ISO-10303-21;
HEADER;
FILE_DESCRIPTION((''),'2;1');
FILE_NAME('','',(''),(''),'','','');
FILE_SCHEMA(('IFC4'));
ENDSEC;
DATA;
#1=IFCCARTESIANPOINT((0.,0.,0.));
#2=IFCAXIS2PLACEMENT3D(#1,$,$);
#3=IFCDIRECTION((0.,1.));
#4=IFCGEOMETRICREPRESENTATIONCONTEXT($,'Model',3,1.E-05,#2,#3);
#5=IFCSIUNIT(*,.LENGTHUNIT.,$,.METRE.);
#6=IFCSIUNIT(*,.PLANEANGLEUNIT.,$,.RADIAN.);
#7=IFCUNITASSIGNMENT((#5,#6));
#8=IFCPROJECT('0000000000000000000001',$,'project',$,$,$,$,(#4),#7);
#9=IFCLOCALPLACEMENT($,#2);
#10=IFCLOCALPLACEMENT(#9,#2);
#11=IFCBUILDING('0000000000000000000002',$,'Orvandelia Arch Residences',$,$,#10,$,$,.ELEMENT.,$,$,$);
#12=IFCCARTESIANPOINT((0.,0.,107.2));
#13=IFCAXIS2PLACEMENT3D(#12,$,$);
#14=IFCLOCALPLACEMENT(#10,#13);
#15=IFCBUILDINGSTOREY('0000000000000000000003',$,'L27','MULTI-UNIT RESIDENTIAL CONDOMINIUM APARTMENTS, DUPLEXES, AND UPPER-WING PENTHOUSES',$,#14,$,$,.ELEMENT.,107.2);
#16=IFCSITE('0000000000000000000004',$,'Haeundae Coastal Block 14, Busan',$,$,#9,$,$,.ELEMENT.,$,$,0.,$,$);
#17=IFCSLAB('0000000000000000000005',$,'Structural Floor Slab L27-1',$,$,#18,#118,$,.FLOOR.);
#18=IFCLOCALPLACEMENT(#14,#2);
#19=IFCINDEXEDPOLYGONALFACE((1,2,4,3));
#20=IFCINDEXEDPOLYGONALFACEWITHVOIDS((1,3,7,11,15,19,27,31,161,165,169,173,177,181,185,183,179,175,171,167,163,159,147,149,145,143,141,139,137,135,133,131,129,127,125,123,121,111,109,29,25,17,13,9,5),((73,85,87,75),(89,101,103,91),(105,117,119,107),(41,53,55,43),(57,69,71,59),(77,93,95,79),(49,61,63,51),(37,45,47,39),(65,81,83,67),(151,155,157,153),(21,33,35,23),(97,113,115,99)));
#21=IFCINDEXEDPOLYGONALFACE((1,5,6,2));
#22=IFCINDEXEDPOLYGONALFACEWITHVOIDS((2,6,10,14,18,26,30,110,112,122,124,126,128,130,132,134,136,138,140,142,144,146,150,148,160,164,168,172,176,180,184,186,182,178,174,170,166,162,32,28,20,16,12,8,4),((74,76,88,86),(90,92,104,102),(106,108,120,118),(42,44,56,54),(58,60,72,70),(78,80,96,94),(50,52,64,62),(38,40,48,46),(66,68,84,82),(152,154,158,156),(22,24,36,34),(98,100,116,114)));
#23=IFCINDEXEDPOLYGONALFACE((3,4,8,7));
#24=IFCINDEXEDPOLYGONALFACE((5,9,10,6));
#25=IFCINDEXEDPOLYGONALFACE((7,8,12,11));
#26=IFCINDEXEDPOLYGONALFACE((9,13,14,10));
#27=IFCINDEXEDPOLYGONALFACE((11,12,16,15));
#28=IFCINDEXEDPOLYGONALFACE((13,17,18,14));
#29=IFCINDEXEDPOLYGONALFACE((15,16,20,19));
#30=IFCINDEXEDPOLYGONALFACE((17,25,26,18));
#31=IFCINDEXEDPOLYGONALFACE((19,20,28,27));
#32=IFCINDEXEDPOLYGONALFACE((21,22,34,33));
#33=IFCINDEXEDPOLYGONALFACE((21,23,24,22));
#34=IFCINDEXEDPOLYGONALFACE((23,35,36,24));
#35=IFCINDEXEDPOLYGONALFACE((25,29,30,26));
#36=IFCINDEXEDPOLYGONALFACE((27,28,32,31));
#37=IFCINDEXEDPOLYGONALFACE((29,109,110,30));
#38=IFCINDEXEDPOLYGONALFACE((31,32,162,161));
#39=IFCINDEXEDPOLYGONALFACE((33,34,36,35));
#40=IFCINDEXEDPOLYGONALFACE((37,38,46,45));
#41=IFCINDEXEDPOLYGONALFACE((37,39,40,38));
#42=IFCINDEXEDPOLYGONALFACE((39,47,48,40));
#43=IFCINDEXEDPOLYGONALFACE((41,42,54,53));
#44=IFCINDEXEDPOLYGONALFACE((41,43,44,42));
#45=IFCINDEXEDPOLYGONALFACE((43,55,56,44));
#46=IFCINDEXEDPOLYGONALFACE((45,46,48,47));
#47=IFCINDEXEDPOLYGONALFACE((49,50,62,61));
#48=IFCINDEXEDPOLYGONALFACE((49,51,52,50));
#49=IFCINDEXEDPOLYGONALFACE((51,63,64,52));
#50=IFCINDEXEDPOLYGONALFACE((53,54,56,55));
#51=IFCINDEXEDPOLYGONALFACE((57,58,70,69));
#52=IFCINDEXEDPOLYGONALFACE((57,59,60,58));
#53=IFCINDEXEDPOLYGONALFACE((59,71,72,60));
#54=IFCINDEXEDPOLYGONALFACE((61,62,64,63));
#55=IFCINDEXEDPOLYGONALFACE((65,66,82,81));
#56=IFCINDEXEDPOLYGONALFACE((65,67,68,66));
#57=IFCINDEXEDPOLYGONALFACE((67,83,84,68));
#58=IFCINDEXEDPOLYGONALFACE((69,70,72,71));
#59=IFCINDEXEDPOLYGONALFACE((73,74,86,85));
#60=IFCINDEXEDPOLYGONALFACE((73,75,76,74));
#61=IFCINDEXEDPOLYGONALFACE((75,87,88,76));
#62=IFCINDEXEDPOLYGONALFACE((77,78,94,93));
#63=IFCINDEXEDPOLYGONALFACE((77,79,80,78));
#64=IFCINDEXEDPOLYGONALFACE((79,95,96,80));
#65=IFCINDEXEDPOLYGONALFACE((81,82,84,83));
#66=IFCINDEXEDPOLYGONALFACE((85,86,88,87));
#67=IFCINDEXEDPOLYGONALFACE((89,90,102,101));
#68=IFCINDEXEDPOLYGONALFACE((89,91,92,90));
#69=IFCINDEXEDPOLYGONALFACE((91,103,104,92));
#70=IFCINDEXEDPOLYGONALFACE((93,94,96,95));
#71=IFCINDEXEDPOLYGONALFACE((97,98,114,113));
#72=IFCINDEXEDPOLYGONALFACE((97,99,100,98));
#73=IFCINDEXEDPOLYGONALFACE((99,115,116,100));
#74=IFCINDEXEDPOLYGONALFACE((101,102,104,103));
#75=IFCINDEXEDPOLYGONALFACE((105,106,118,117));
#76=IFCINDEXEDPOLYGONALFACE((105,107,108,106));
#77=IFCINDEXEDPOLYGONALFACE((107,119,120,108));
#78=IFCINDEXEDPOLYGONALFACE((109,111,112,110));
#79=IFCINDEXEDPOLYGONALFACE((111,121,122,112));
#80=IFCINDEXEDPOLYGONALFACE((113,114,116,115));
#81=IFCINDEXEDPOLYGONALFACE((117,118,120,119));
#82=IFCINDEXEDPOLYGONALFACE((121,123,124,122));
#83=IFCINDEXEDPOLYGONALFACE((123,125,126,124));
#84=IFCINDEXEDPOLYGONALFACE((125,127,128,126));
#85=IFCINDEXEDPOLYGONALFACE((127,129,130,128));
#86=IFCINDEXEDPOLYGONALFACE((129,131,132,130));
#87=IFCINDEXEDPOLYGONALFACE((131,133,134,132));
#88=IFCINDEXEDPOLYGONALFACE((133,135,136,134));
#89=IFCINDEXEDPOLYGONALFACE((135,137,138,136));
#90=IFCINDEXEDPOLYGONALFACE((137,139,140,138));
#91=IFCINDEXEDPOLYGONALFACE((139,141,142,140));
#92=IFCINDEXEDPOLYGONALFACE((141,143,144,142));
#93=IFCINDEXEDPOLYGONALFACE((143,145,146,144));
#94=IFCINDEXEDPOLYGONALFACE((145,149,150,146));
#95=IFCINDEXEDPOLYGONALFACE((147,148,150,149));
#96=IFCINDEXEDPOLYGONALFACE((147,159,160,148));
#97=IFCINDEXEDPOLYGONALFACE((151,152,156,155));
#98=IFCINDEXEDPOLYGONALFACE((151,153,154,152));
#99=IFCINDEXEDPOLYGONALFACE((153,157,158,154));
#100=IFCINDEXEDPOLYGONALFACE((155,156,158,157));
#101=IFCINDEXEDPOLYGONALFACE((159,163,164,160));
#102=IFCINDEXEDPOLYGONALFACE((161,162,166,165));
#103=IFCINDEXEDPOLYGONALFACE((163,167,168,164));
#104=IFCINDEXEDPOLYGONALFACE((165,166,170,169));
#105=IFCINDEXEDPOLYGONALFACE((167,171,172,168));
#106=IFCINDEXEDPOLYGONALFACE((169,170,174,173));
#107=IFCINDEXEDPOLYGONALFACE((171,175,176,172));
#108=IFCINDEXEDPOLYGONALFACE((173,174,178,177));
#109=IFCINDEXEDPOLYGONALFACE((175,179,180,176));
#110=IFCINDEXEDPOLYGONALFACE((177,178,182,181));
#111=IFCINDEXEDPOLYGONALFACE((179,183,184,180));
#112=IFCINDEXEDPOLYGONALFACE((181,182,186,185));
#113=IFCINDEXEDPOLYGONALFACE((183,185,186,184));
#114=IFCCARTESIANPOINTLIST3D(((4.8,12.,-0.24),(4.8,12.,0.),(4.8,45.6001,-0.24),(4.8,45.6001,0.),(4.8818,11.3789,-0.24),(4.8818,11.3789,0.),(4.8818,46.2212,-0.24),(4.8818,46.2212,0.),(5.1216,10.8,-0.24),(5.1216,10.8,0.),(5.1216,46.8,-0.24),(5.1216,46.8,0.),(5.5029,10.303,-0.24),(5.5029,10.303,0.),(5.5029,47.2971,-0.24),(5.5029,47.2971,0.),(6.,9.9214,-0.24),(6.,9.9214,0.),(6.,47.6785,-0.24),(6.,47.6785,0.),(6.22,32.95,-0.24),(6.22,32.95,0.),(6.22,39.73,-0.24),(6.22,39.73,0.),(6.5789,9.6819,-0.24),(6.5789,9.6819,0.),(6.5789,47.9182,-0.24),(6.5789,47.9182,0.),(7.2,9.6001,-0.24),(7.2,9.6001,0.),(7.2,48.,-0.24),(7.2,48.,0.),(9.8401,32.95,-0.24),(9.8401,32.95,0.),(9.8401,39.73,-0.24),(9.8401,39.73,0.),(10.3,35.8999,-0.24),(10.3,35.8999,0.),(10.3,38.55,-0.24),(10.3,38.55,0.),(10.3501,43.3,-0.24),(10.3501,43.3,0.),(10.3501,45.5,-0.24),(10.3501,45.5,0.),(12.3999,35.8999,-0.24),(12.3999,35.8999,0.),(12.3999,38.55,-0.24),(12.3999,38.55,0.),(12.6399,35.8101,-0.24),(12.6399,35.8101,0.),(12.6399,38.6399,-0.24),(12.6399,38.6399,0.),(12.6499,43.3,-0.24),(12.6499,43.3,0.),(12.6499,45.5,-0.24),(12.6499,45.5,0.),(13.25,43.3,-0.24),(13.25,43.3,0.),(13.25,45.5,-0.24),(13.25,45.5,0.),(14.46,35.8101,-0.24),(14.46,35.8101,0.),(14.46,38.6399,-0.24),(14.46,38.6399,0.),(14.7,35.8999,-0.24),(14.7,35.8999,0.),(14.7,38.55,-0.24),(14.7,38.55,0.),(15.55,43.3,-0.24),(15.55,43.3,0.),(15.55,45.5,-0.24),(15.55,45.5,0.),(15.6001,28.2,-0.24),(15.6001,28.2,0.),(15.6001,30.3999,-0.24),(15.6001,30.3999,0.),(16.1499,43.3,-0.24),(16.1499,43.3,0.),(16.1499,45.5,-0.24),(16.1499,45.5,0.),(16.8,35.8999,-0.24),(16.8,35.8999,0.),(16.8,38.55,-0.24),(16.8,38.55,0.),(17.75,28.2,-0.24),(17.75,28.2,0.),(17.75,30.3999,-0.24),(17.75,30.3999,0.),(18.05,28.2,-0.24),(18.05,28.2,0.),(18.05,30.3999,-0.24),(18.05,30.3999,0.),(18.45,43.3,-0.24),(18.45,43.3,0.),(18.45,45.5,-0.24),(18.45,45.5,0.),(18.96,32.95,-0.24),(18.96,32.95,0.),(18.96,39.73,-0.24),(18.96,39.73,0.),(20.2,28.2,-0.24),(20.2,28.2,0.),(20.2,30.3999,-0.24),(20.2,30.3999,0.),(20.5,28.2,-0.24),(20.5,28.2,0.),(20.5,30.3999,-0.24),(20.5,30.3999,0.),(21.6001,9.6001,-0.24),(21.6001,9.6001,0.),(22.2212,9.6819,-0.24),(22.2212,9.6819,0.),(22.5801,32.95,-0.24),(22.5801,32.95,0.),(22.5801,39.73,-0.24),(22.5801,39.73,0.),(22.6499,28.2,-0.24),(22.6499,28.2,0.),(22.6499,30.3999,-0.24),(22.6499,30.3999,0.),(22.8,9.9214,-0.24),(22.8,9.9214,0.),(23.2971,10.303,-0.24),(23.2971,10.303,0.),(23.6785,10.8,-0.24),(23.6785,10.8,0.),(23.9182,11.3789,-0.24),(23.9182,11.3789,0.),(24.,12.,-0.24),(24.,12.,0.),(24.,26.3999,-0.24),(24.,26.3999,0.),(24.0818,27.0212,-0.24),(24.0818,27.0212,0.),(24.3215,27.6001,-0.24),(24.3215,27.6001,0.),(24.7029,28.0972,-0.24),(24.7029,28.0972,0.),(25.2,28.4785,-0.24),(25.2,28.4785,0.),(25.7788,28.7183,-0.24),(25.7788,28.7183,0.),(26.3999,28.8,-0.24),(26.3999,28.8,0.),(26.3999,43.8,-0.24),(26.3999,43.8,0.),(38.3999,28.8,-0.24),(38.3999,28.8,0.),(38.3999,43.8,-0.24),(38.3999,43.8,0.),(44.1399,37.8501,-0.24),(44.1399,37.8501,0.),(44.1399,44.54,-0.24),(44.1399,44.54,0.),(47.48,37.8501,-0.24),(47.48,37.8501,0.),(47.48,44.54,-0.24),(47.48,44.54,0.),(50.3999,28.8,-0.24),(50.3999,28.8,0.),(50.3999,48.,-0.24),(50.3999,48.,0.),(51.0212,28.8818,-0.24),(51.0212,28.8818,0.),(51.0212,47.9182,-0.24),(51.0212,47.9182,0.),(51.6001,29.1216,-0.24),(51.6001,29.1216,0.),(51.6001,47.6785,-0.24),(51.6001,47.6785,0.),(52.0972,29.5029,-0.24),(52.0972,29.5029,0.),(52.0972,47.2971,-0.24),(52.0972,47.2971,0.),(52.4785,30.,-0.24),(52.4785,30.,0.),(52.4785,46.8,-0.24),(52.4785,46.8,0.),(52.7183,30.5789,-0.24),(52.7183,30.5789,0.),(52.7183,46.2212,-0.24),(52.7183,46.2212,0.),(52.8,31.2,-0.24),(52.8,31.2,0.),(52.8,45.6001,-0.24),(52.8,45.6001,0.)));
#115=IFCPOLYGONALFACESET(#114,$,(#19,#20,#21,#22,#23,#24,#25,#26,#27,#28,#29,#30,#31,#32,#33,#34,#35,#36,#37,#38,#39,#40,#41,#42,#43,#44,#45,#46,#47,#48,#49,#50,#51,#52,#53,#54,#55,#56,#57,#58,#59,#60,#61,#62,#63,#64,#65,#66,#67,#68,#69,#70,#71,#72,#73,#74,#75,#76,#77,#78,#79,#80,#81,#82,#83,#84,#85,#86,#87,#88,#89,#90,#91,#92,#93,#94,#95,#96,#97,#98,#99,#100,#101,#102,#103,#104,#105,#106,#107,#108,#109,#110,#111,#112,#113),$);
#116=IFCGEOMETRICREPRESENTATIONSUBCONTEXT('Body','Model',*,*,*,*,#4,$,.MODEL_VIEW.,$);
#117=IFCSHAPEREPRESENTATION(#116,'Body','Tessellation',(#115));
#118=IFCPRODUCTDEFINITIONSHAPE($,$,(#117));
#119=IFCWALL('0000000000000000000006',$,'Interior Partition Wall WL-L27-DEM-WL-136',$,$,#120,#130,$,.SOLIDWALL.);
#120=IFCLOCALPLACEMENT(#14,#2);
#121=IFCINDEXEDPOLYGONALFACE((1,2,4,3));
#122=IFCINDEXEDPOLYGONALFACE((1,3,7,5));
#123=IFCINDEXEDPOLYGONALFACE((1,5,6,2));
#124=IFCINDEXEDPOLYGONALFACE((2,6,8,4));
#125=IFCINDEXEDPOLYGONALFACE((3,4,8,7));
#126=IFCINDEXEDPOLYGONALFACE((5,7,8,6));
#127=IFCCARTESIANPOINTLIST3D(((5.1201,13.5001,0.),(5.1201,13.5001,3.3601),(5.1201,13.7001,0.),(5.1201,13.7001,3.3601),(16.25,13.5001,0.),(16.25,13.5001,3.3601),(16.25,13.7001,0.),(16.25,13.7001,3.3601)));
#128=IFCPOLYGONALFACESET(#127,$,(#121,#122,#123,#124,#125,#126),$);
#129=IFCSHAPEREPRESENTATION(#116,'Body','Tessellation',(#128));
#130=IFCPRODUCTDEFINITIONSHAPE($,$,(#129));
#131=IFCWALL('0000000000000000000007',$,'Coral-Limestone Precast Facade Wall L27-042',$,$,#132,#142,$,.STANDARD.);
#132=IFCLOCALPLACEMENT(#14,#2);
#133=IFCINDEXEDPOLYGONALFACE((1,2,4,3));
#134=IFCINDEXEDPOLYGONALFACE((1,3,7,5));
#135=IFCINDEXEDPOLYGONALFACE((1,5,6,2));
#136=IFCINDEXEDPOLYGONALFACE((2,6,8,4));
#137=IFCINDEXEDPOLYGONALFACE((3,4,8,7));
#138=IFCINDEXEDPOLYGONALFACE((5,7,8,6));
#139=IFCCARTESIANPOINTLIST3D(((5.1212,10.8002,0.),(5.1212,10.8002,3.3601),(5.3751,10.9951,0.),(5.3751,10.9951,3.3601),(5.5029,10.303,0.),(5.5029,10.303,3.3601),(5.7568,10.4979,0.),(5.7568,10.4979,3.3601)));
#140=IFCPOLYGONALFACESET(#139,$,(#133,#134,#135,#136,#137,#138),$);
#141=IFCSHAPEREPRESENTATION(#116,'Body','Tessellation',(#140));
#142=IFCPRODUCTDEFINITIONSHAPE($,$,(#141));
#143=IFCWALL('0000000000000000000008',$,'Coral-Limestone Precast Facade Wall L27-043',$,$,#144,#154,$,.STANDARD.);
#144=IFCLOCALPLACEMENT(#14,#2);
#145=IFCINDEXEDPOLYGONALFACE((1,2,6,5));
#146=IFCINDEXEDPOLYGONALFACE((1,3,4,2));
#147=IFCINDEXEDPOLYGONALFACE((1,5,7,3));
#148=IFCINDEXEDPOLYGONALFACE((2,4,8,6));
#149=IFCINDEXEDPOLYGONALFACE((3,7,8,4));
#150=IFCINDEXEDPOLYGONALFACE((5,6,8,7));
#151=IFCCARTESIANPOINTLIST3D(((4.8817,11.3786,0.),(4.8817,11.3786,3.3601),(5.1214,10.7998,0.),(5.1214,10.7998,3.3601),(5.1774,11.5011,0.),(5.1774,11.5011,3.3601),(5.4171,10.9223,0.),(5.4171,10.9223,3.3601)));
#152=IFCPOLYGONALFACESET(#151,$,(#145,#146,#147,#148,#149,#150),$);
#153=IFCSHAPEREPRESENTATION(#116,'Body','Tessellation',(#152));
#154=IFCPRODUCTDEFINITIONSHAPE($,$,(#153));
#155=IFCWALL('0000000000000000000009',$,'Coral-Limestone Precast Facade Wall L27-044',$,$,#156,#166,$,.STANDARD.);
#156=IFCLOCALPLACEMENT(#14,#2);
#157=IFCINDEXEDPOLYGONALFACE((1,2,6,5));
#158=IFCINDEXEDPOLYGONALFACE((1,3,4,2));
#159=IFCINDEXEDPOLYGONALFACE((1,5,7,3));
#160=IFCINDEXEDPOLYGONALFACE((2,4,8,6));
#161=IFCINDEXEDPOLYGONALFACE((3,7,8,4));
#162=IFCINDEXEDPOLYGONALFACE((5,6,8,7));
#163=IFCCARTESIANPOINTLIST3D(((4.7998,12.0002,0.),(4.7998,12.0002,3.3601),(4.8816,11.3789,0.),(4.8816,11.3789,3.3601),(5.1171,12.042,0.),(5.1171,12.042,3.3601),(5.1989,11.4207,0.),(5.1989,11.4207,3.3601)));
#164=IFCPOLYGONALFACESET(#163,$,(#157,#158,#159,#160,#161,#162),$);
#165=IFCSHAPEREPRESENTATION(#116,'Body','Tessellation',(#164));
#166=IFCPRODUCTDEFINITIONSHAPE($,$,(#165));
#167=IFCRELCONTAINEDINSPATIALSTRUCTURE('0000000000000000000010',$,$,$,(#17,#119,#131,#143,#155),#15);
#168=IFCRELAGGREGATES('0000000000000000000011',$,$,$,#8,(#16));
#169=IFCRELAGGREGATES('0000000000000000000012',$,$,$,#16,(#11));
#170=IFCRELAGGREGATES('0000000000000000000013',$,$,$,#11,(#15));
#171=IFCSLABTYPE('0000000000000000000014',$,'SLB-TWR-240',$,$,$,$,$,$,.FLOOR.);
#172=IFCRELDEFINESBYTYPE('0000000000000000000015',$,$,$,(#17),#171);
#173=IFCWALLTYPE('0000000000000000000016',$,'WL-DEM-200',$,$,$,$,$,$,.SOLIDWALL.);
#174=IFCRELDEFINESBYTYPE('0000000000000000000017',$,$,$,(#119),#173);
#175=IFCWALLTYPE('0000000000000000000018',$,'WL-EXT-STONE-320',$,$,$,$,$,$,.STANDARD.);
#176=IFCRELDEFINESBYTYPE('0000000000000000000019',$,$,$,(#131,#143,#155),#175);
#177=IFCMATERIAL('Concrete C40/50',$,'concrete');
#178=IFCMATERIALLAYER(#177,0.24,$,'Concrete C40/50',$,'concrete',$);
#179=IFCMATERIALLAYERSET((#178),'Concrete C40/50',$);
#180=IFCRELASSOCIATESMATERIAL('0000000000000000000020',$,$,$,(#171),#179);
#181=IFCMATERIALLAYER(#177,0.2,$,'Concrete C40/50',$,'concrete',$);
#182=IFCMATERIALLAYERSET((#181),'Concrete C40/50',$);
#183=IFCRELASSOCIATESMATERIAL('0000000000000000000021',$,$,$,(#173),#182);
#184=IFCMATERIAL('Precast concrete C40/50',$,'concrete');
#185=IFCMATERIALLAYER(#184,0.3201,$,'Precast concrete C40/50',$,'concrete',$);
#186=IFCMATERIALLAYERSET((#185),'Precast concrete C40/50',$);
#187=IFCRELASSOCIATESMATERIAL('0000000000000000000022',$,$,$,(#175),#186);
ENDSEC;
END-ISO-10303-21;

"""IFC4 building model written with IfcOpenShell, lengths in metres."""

from ifc_helpers import new_model, si_unit, direction, frame, frame_2d, origin, place, context, subcontext, project, spatial, polyline, rectangle, outline, extrude, material, layer, layer_set, type_object, element, save


model = new_model("IFC4")

# Units and contexts
model_context = context("Model", 3, precision=1e-05, world=origin(), true_north=direction((0.0, 1.0)))
body_context = subcontext(model_context, "Body", "Model", "MODEL_VIEW")
ifc_project = project(units=[si_unit("LENGTHUNIT", "METRE"), si_unit("PLANEANGLEUNIT", "RADIAN")], contexts=[model_context])

# Site, building, storey
site_placement = place(None, origin())
site = spatial("IfcSite", under=ifc_project, at=site_placement, Name="Haeundae Coastal Block 14, Busan", CompositionType="ELEMENT", RefElevation=0.0)
building_placement = place(site_placement, origin())
building = spatial("IfcBuilding", under=site, at=building_placement, Name="Orvandelia Arch Residences", CompositionType="ELEMENT")
storey_placement = place(building_placement, frame((0.0, 0.0, 107.2)))
storey = spatial("IfcBuildingStorey", under=building, at=storey_placement, Name="L27", Description="MULTI-UNIT RESIDENTIAL CONDOMINIUM APARTMENTS, DUPLEXES, AND UPPER-WING PENTHOUSES", CompositionType="ELEMENT", Elevation=107.2)

# Shared definitions
ifc_material_1 = material(Name="Concrete C40/50", Category="concrete")

# Slab
ifc_layer_1 = layer(ifc_material_1, 0.24, Name="Concrete C40/50", Category="concrete")
ifc_layer_set_1 = layer_set([ifc_layer_1], Name="Concrete C40/50")
slab_type_1 = type_object("IfcSlabType", Name="SLB-TWR-240", PredefinedType="FLOOR", material=ifc_layer_set_1)
slab_1_placement = place(storey_placement, frame((0.0, 0.0, -0.24)))
element("IfcSlab", 1, at=slab_1_placement, inside=storey, type_object=slab_type_1, Name="Structural Floor Slab L27-1", PredefinedType="FLOOR", context=body_context, shape_type="SweptSolid", body=[
    extrude(outline(polyline([(4.8, 12.0), (4.8818, 11.3789), (5.1216, 10.8), (5.5029, 10.303), (6.0, 9.9214), (6.5789, 9.6819), (7.2, 9.6001), (21.6001, 9.6001), (22.2212, 9.6819), (22.8, 9.9214), (23.2971, 10.303), (23.6785, 10.8), (23.9182, 11.3789), (24.0, 12.0), (24.0, 26.3999), (24.0818, 27.0212), (24.3215, 27.6001), (24.7029, 28.0972), (25.2, 28.4785), (25.7788, 28.7183), (26.3999, 28.8), (26.3999, 43.8), (38.3999, 43.8), (38.3999, 28.8), (50.3999, 28.8), (51.0212, 28.8818), (51.6001, 29.1216), (52.0972, 29.5029), (52.4785, 30.0), (52.7183, 30.5789), (52.8, 31.2), (52.8, 45.6001), (52.7183, 46.2212), (52.4785, 46.8), (52.0972, 47.2971), (51.6001, 47.6785), (51.0212, 47.9182), (50.3999, 48.0), (7.2, 48.0), (6.5789, 47.9182), (6.0, 47.6785), (5.5029, 47.2971), (5.1216, 46.8), (4.8818, 46.2212), (4.8, 45.6001), (4.8, 12.0)]), holes=[polyline([(6.22, 32.95), (9.8401, 32.95), (9.8401, 39.73), (6.22, 39.73), (6.22, 32.95)]), polyline([(18.96, 32.95), (22.5801, 32.95), (22.5801, 39.73), (18.96, 39.73), (18.96, 32.95)]), polyline([(44.1399, 37.8501), (47.48, 37.8501), (47.48, 44.54), (44.1399, 44.54), (44.1399, 37.8501)]), polyline([(12.6399, 35.8101), (14.46, 35.8101), (14.46, 38.6399), (12.6399, 38.6399), (12.6399, 35.8101)]), polyline([(10.3, 35.8999), (12.3999, 35.8999), (12.3999, 38.55), (10.3, 38.55), (10.3, 35.8999)]), polyline([(14.7, 35.8999), (16.8, 35.8999), (16.8, 38.55), (14.7, 38.55), (14.7, 35.8999)]), polyline([(10.3501, 43.3), (12.6499, 43.3), (12.6499, 45.5), (10.3501, 45.5), (10.3501, 43.3)]), polyline([(13.25, 43.3), (15.55, 43.3), (15.55, 45.5), (13.25, 45.5), (13.25, 43.3)]), polyline([(16.1499, 43.3), (18.45, 43.3), (18.45, 45.5), (16.1499, 45.5), (16.1499, 43.3)]), polyline([(15.6001, 28.2), (17.75, 28.2), (17.75, 30.3999), (15.6001, 30.3999), (15.6001, 28.2)]), polyline([(18.05, 28.2), (20.2, 28.2), (20.2, 30.3999), (18.05, 30.3999), (18.05, 28.2)]), polyline([(20.5, 28.2), (22.6499, 28.2), (22.6499, 30.3999), (20.5, 30.3999), (20.5, 28.2)])]), origin(), (0.0, 0.0, 1.0), 0.24),
])

# Walls
ifc_layer_2 = layer(ifc_material_1, 0.2, Name="Concrete C40/50", Category="concrete")
ifc_layer_set_2 = layer_set([ifc_layer_2], Name="Concrete C40/50")
wall_type_1 = type_object("IfcWallType", Name="WL-DEM-200", PredefinedType="SOLIDWALL", material=ifc_layer_set_2)
wall_1_placement = place(storey_placement, frame((5.1201, 13.6001, 0.0), z_axis=(0.0, 0.0, 1.0), x_axis=(1.0, 0.0, 0.0)))
element("IfcWall", 2, at=wall_1_placement, inside=storey, type_object=wall_type_1, Name="Interior Partition Wall WL-L27-DEM-WL-136", PredefinedType="SOLIDWALL", context=body_context, shape_type="SweptSolid", body=[
    extrude(rectangle(XDim=11.1299, YDim=0.2, at=frame_2d((5.5649, 0.0))), origin(), (0.0, 0.0, 1.0), 3.3601),
])
ifc_material_2 = material(Name="Precast concrete C40/50", Category="concrete")
ifc_layer_3 = layer(ifc_material_2, 0.3201, Name="Precast concrete C40/50", Category="concrete")
ifc_layer_set_3 = layer_set([ifc_layer_3], Name="Precast concrete C40/50")
wall_type_2 = type_object("IfcWallType", Name="WL-EXT-STONE-320", PredefinedType="STANDARD", material=ifc_layer_set_3)
wall_2_placement = place(storey_placement, frame((5.6299, 10.4004, 0.0), z_axis=(0.0, 0.0, 1.0), x_axis=(-0.608939, 0.793217, 0.0)))
element("IfcWall", 3, at=wall_2_placement, inside=storey, type_object=wall_type_2, Name="Coral-Limestone Precast Facade Wall L27-042", PredefinedType="STANDARD", context=body_context, shape_type="SweptSolid", body=[
    extrude(rectangle(XDim=0.6267, YDim=0.3201, at=frame_2d((0.3135, 0.0))), origin(), (0.0, 0.0, 1.0), 3.3601),
])
wall_3_placement = place(storey_placement, frame((5.2693, 10.8611, 0.0), z_axis=(0.0, 0.0, 1.0), x_axis=(-0.38265, 0.923893, 0.0)))
element("IfcWall", 4, at=wall_3_placement, inside=storey, type_object=wall_type_2, Name="Coral-Limestone Precast Facade Wall L27-043", PredefinedType="STANDARD", context=body_context, shape_type="SweptSolid", body=[
    extrude(rectangle(XDim=0.6265, YDim=0.3201, at=frame_2d((0.3132, 0.0))), origin(), (0.0, 0.0, 1.0), 3.3601),
])
wall_4_placement = place(storey_placement, frame((5.0403, 11.3997, 0.0), z_axis=(0.0, 0.0, 1.0), x_axis=(-0.130505, 0.991448, 0.0)))
element("IfcWall", 5, at=wall_4_placement, inside=storey, type_object=wall_type_2, Name="Coral-Limestone Precast Facade Wall L27-044", PredefinedType="STANDARD", context=body_context, shape_type="SweptSolid", body=[
    extrude(rectangle(XDim=0.6267, YDim=0.3201, at=frame_2d((0.3135, 0.0))), origin(), (0.0, 0.0, 1.0), 3.3601),
])

save(model, "model.ifc")
